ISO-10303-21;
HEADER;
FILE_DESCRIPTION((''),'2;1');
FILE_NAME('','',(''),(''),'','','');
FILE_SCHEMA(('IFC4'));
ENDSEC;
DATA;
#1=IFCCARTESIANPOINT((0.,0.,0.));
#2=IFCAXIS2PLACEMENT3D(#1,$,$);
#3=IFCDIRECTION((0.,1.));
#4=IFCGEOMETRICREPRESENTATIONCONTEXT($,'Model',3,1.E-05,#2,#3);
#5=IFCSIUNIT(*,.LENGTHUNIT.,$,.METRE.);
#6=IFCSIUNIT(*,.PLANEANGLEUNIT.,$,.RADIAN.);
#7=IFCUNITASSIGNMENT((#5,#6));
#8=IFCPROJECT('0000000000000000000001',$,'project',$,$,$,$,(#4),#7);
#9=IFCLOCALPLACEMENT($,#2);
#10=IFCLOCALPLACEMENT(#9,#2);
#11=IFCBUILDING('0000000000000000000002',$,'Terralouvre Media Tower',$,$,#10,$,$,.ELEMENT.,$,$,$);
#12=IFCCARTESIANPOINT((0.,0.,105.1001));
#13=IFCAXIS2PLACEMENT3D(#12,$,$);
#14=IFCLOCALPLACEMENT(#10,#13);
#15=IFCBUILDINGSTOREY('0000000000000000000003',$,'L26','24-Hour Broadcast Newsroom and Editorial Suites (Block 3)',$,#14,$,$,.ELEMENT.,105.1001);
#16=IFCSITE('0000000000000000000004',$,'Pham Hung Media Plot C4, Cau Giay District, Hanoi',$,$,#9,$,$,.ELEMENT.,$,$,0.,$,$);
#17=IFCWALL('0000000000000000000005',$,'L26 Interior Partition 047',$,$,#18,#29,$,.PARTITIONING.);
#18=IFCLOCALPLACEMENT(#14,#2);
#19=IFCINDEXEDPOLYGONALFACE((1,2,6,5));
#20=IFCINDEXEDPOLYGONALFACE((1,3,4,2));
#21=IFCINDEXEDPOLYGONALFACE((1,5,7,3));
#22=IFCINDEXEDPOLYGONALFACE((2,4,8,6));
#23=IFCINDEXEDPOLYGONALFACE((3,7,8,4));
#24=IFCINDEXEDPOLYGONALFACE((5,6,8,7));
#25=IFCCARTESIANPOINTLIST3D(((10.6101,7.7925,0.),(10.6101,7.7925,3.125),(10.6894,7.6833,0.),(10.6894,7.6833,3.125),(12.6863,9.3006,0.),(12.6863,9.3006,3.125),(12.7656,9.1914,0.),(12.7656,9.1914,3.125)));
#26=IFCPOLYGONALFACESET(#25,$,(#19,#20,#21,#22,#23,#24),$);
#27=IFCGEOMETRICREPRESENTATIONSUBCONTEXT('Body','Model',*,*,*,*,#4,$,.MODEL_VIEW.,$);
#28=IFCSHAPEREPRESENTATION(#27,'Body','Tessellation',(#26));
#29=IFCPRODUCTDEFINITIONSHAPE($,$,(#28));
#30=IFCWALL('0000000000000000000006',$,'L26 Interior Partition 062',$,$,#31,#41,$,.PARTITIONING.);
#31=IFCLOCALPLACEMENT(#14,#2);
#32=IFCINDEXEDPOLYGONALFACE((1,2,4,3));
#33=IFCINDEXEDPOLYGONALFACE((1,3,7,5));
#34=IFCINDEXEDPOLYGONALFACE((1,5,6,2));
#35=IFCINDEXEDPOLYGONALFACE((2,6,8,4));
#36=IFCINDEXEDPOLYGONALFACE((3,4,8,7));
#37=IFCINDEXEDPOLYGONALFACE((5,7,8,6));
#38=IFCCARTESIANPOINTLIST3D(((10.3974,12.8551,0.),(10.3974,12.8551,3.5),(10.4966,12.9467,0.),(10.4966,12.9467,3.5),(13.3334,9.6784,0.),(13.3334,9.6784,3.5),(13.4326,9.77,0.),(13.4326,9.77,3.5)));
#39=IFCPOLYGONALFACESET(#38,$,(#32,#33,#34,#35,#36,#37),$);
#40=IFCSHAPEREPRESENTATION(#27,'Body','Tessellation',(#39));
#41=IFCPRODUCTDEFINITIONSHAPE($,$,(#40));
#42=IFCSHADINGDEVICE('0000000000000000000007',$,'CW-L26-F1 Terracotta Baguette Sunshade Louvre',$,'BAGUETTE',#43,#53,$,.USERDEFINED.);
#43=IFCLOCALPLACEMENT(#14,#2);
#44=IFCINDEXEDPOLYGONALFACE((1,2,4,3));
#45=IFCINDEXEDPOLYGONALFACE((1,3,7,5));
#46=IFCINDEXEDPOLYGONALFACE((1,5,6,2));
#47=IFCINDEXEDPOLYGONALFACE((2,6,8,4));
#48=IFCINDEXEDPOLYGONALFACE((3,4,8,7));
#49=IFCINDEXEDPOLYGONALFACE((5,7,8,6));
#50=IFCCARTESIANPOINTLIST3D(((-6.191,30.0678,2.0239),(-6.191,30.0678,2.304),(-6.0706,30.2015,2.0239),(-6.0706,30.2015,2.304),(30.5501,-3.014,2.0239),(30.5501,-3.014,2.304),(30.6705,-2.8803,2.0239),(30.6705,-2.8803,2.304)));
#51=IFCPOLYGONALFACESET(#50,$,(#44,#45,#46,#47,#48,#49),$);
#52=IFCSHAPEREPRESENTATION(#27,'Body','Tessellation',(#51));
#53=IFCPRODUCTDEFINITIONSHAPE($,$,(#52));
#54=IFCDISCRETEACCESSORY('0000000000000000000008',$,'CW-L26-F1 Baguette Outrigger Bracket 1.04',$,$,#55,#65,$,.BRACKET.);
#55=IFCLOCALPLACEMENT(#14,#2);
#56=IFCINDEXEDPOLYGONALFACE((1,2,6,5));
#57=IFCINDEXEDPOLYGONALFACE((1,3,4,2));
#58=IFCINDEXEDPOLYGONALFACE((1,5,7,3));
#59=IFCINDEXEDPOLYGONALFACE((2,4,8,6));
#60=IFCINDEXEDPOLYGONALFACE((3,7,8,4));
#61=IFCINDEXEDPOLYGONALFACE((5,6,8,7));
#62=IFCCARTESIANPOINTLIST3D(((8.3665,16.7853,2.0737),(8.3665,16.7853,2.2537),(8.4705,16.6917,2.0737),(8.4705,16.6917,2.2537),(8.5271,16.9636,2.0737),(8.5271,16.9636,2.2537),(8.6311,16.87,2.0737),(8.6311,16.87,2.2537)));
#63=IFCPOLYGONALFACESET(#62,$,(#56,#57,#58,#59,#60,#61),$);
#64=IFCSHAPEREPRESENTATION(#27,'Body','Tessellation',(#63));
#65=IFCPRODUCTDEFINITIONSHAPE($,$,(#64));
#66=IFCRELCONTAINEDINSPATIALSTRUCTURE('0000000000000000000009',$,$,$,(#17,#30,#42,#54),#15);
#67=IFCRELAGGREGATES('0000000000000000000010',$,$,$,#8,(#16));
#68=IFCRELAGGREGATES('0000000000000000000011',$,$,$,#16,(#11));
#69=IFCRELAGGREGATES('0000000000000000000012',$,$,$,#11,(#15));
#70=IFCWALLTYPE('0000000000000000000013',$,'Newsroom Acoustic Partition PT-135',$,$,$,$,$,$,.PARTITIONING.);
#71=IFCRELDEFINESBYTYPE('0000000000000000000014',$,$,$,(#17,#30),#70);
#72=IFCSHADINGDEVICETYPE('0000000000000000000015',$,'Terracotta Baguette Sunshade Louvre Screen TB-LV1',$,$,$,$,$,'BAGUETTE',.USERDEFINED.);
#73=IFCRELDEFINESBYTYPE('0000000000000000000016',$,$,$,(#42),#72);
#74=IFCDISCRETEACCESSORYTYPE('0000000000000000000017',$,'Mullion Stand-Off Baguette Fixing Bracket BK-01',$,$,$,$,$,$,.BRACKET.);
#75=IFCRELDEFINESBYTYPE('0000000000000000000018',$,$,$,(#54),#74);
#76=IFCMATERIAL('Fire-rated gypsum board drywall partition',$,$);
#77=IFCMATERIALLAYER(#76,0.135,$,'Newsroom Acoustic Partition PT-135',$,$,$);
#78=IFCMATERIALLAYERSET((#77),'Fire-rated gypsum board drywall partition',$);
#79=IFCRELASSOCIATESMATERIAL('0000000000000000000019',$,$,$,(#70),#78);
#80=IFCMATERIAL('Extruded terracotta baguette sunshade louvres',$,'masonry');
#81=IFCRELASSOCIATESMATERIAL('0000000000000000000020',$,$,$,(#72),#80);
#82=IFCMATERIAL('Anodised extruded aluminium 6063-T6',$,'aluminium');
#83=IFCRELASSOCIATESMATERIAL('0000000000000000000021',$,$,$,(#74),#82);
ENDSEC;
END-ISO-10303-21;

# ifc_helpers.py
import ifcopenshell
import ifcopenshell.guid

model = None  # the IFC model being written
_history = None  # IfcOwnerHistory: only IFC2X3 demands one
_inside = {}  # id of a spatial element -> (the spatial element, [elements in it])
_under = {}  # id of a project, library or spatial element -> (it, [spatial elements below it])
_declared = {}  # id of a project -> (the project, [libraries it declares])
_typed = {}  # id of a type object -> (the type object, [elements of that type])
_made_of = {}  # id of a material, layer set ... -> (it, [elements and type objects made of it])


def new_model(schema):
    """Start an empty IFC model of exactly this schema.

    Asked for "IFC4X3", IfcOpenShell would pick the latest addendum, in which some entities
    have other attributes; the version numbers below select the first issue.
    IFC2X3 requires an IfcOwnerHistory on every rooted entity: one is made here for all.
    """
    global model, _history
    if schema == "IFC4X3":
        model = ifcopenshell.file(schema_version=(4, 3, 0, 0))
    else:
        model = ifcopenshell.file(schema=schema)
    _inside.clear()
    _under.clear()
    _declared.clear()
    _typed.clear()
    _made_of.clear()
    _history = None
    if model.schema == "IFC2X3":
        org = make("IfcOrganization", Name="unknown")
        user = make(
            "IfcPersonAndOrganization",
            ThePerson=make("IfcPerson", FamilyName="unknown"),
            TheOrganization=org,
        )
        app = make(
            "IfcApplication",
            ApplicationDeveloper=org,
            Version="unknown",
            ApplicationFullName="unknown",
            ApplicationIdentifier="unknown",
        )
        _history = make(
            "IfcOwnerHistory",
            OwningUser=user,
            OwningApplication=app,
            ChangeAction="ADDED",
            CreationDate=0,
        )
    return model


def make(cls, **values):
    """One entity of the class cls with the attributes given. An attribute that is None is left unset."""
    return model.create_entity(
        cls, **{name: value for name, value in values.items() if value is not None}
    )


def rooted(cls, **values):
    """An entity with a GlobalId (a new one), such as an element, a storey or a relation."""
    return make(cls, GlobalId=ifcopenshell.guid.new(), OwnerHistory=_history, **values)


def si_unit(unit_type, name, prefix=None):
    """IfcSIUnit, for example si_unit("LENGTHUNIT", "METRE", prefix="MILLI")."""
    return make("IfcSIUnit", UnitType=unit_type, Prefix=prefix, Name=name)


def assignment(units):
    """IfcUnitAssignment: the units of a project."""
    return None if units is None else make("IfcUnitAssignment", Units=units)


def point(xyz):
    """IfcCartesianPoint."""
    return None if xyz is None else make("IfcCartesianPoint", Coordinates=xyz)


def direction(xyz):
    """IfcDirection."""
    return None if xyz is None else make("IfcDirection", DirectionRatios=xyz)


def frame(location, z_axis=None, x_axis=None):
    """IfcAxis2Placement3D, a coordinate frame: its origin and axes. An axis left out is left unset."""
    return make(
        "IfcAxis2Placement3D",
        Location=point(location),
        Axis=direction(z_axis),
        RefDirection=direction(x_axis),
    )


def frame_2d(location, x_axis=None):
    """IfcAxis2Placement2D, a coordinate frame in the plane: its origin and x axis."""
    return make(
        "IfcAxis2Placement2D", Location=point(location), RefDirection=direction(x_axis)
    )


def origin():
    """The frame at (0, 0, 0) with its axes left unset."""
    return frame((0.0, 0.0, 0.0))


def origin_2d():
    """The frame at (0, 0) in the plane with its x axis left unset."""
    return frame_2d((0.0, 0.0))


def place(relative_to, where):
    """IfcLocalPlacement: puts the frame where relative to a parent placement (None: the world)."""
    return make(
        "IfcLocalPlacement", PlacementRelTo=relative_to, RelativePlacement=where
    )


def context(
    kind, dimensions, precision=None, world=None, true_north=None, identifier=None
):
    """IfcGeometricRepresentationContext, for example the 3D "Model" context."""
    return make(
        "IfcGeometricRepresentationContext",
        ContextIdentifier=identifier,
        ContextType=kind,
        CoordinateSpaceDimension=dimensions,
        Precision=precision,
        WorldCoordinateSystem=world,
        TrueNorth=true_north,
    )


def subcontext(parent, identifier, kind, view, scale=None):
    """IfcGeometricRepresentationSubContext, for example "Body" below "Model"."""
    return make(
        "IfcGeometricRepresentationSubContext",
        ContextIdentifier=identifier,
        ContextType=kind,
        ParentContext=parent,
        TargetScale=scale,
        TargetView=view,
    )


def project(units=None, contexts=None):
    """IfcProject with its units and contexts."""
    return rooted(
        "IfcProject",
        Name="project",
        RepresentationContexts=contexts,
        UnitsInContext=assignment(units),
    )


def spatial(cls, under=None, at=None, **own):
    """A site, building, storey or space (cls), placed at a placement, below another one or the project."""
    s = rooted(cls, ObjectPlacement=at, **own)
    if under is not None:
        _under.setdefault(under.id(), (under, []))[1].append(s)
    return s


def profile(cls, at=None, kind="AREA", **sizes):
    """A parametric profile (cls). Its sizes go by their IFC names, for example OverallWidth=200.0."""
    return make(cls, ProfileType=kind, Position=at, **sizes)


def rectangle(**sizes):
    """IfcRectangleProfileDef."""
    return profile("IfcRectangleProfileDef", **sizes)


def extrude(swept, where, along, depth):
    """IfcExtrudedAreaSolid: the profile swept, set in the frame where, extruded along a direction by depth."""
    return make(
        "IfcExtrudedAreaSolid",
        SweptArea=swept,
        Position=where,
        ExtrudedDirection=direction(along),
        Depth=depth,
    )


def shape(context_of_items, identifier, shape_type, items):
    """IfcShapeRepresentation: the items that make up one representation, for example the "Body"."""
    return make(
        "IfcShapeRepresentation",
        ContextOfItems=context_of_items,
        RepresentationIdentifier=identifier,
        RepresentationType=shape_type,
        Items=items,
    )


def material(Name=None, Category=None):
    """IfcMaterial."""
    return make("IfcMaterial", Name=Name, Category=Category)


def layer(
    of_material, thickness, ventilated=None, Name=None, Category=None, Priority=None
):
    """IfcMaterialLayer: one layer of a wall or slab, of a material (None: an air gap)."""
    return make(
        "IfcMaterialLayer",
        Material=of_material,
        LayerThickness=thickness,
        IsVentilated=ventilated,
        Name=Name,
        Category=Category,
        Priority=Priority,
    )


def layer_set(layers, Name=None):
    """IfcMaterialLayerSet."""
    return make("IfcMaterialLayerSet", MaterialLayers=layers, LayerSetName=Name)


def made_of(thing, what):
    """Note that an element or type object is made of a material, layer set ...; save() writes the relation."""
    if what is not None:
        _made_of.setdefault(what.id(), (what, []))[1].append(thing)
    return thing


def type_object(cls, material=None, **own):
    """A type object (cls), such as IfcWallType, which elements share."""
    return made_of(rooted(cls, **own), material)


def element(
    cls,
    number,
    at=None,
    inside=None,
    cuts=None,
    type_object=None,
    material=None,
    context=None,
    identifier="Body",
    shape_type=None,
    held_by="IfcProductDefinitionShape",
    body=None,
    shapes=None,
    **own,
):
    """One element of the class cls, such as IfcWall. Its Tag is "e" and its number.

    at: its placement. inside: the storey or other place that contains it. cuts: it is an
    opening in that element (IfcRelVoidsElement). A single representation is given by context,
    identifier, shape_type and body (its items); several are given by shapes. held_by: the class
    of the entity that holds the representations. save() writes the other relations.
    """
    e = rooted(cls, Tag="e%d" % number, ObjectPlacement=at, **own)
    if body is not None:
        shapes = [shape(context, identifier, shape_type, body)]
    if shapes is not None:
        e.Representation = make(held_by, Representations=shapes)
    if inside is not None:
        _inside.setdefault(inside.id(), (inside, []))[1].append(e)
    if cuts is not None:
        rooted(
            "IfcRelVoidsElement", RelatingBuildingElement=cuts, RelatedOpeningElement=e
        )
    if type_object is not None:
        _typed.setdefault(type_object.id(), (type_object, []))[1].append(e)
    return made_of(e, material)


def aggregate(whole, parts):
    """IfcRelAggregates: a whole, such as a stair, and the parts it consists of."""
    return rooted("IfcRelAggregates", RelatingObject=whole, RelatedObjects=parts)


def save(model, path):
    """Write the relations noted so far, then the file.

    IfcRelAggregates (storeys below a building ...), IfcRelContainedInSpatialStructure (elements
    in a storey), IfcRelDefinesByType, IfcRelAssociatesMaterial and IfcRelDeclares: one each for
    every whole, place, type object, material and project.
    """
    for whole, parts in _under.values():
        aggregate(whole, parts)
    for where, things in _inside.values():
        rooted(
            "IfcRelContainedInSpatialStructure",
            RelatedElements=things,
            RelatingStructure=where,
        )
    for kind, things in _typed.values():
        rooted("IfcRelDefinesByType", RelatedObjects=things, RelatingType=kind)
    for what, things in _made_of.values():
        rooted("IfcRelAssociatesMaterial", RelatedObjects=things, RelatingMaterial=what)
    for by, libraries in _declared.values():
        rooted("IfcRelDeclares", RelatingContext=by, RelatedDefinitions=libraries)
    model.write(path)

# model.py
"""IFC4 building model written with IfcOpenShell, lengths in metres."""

from ifc_helpers import new_model, si_unit, direction, frame, frame_2d, origin, origin_2d, place, context, subcontext, project, spatial, rectangle, extrude, material, layer, layer_set, type_object, element, save


model = new_model("IFC4")

# Units and contexts
model_context = context("Model", 3, precision=1e-05, world=origin(), true_north=direction((0.0, 1.0)))
body_context = subcontext(model_context, "Body", "Model", "MODEL_VIEW")
ifc_project = project(units=[si_unit("LENGTHUNIT", "METRE"), si_unit("PLANEANGLEUNIT", "RADIAN")], contexts=[model_context])

# Site, building, storey
site_placement = place(None, origin())
site = spatial("IfcSite", under=ifc_project, at=site_placement, Name="Pham Hung Media Plot C4, Cau Giay District, Hanoi", CompositionType="ELEMENT", RefElevation=0.0)
building_placement = place(site_placement, origin())
building = spatial("IfcBuilding", under=site, at=building_placement, Name="Terralouvre Media Tower", CompositionType="ELEMENT")
storey_placement = place(building_placement, frame((0.0, 0.0, 105.1001)))
storey = spatial("IfcBuildingStorey", under=building, at=storey_placement, Name="L26", Description="24-Hour Broadcast Newsroom and Editorial Suites (Block 3)", CompositionType="ELEMENT", Elevation=105.1001)

# Shared definitions
ifc_material_1 = material(Name="Fire-rated gypsum board drywall partition")
ifc_layer_1 = layer(ifc_material_1, 0.135, Name="Newsroom Acoustic Partition PT-135")
ifc_layer_set_1 = layer_set([ifc_layer_1], Name="Fire-rated gypsum board drywall partition")
wall_type = type_object("IfcWallType", Name="Newsroom Acoustic Partition PT-135", PredefinedType="PARTITIONING", material=ifc_layer_set_1)

# Walls
wall_1_placement = place(storey_placement, frame((12.7261, 9.2461, 0.0), z_axis=(0.0, 0.0, 1.0), x_axis=(-0.809086, -0.587691, 0.0)))
element("IfcWall", 1, at=wall_1_placement, inside=storey, type_object=wall_type, Name="L26 Interior Partition 047", PredefinedType="PARTITIONING", context=body_context, shape_type="SweptSolid", body=[
    extrude(rectangle(XDim=2.5662, YDim=0.135, at=frame_2d((1.2832, 0.0))), origin(), (0.0, 0.0, 1.0), 3.125),
])
wall_2_placement = place(storey_placement, frame((10.447, 12.9009, 0.0), z_axis=(0.0, 0.0, 1.0), x_axis=(0.678735, -0.734384, 0.0)))
element("IfcWall", 2, at=wall_2_placement, inside=storey, type_object=wall_type, Name="L26 Interior Partition 062", PredefinedType="PARTITIONING", context=body_context, shape_type="SweptSolid", body=[
    extrude(rectangle(XDim=4.3257, YDim=0.135, at=frame_2d((2.1628, 0.0))), origin(), (0.0, 0.0, 1.0), 3.5),
])

# Shading device
ifc_material_2 = material(Name="Extruded terracotta baguette sunshade louvres", Category="masonry")
shading_device_type = type_object("IfcShadingDeviceType", Name="Terracotta Baguette Sunshade Louvre Screen TB-LV1", ElementType="BAGUETTE", PredefinedType="USERDEFINED", material=ifc_material_2)
shading_device_placement = place(storey_placement, frame((12.2397, 13.5938, 2.0239), z_axis=(0.0, 0.0, 1.0), x_axis=(-0.743145, 0.669131, 0.0)))
element("IfcShadingDevice", 3, at=shading_device_placement, inside=storey, type_object=shading_device_type, Name="CW-L26-F1 Terracotta Baguette Sunshade Louvre", ObjectType="BAGUETTE", PredefinedType="USERDEFINED", context=body_context, shape_type="SweptSolid", body=[
    extrude(rectangle(XDim=49.4399, YDim=0.1799, at=origin_2d()), origin(), (0.0, 0.0, 1.0), 0.28),
])

# Discrete accessory
ifc_material_3 = material(Name="Anodised extruded aluminium 6063-T6", Category="aluminium")
discrete_accessory_type = type_object("IfcDiscreteAccessoryType", Name="Mullion Stand-Off Baguette Fixing Bracket BK-01", PredefinedType="BRACKET", material=ifc_material_3)
discrete_accessory_placement = place(storey_placement, frame((8.4988, 16.8276, 2.0737), z_axis=(0.0, 0.0, 1.0), x_axis=(-0.743145, 0.669131, 0.0)))
element("IfcDiscreteAccessory", 4, at=discrete_accessory_placement, inside=storey, type_object=discrete_accessory_type, Name="CW-L26-F1 Baguette Outrigger Bracket 1.04", PredefinedType="BRACKET", context=body_context, shape_type="SweptSolid", body=[
    extrude(rectangle(XDim=0.1399, YDim=0.24, at=origin_2d()), origin(), (0.0, 0.0, 1.0), 0.1799),
])

save(model, "model.ifc")
